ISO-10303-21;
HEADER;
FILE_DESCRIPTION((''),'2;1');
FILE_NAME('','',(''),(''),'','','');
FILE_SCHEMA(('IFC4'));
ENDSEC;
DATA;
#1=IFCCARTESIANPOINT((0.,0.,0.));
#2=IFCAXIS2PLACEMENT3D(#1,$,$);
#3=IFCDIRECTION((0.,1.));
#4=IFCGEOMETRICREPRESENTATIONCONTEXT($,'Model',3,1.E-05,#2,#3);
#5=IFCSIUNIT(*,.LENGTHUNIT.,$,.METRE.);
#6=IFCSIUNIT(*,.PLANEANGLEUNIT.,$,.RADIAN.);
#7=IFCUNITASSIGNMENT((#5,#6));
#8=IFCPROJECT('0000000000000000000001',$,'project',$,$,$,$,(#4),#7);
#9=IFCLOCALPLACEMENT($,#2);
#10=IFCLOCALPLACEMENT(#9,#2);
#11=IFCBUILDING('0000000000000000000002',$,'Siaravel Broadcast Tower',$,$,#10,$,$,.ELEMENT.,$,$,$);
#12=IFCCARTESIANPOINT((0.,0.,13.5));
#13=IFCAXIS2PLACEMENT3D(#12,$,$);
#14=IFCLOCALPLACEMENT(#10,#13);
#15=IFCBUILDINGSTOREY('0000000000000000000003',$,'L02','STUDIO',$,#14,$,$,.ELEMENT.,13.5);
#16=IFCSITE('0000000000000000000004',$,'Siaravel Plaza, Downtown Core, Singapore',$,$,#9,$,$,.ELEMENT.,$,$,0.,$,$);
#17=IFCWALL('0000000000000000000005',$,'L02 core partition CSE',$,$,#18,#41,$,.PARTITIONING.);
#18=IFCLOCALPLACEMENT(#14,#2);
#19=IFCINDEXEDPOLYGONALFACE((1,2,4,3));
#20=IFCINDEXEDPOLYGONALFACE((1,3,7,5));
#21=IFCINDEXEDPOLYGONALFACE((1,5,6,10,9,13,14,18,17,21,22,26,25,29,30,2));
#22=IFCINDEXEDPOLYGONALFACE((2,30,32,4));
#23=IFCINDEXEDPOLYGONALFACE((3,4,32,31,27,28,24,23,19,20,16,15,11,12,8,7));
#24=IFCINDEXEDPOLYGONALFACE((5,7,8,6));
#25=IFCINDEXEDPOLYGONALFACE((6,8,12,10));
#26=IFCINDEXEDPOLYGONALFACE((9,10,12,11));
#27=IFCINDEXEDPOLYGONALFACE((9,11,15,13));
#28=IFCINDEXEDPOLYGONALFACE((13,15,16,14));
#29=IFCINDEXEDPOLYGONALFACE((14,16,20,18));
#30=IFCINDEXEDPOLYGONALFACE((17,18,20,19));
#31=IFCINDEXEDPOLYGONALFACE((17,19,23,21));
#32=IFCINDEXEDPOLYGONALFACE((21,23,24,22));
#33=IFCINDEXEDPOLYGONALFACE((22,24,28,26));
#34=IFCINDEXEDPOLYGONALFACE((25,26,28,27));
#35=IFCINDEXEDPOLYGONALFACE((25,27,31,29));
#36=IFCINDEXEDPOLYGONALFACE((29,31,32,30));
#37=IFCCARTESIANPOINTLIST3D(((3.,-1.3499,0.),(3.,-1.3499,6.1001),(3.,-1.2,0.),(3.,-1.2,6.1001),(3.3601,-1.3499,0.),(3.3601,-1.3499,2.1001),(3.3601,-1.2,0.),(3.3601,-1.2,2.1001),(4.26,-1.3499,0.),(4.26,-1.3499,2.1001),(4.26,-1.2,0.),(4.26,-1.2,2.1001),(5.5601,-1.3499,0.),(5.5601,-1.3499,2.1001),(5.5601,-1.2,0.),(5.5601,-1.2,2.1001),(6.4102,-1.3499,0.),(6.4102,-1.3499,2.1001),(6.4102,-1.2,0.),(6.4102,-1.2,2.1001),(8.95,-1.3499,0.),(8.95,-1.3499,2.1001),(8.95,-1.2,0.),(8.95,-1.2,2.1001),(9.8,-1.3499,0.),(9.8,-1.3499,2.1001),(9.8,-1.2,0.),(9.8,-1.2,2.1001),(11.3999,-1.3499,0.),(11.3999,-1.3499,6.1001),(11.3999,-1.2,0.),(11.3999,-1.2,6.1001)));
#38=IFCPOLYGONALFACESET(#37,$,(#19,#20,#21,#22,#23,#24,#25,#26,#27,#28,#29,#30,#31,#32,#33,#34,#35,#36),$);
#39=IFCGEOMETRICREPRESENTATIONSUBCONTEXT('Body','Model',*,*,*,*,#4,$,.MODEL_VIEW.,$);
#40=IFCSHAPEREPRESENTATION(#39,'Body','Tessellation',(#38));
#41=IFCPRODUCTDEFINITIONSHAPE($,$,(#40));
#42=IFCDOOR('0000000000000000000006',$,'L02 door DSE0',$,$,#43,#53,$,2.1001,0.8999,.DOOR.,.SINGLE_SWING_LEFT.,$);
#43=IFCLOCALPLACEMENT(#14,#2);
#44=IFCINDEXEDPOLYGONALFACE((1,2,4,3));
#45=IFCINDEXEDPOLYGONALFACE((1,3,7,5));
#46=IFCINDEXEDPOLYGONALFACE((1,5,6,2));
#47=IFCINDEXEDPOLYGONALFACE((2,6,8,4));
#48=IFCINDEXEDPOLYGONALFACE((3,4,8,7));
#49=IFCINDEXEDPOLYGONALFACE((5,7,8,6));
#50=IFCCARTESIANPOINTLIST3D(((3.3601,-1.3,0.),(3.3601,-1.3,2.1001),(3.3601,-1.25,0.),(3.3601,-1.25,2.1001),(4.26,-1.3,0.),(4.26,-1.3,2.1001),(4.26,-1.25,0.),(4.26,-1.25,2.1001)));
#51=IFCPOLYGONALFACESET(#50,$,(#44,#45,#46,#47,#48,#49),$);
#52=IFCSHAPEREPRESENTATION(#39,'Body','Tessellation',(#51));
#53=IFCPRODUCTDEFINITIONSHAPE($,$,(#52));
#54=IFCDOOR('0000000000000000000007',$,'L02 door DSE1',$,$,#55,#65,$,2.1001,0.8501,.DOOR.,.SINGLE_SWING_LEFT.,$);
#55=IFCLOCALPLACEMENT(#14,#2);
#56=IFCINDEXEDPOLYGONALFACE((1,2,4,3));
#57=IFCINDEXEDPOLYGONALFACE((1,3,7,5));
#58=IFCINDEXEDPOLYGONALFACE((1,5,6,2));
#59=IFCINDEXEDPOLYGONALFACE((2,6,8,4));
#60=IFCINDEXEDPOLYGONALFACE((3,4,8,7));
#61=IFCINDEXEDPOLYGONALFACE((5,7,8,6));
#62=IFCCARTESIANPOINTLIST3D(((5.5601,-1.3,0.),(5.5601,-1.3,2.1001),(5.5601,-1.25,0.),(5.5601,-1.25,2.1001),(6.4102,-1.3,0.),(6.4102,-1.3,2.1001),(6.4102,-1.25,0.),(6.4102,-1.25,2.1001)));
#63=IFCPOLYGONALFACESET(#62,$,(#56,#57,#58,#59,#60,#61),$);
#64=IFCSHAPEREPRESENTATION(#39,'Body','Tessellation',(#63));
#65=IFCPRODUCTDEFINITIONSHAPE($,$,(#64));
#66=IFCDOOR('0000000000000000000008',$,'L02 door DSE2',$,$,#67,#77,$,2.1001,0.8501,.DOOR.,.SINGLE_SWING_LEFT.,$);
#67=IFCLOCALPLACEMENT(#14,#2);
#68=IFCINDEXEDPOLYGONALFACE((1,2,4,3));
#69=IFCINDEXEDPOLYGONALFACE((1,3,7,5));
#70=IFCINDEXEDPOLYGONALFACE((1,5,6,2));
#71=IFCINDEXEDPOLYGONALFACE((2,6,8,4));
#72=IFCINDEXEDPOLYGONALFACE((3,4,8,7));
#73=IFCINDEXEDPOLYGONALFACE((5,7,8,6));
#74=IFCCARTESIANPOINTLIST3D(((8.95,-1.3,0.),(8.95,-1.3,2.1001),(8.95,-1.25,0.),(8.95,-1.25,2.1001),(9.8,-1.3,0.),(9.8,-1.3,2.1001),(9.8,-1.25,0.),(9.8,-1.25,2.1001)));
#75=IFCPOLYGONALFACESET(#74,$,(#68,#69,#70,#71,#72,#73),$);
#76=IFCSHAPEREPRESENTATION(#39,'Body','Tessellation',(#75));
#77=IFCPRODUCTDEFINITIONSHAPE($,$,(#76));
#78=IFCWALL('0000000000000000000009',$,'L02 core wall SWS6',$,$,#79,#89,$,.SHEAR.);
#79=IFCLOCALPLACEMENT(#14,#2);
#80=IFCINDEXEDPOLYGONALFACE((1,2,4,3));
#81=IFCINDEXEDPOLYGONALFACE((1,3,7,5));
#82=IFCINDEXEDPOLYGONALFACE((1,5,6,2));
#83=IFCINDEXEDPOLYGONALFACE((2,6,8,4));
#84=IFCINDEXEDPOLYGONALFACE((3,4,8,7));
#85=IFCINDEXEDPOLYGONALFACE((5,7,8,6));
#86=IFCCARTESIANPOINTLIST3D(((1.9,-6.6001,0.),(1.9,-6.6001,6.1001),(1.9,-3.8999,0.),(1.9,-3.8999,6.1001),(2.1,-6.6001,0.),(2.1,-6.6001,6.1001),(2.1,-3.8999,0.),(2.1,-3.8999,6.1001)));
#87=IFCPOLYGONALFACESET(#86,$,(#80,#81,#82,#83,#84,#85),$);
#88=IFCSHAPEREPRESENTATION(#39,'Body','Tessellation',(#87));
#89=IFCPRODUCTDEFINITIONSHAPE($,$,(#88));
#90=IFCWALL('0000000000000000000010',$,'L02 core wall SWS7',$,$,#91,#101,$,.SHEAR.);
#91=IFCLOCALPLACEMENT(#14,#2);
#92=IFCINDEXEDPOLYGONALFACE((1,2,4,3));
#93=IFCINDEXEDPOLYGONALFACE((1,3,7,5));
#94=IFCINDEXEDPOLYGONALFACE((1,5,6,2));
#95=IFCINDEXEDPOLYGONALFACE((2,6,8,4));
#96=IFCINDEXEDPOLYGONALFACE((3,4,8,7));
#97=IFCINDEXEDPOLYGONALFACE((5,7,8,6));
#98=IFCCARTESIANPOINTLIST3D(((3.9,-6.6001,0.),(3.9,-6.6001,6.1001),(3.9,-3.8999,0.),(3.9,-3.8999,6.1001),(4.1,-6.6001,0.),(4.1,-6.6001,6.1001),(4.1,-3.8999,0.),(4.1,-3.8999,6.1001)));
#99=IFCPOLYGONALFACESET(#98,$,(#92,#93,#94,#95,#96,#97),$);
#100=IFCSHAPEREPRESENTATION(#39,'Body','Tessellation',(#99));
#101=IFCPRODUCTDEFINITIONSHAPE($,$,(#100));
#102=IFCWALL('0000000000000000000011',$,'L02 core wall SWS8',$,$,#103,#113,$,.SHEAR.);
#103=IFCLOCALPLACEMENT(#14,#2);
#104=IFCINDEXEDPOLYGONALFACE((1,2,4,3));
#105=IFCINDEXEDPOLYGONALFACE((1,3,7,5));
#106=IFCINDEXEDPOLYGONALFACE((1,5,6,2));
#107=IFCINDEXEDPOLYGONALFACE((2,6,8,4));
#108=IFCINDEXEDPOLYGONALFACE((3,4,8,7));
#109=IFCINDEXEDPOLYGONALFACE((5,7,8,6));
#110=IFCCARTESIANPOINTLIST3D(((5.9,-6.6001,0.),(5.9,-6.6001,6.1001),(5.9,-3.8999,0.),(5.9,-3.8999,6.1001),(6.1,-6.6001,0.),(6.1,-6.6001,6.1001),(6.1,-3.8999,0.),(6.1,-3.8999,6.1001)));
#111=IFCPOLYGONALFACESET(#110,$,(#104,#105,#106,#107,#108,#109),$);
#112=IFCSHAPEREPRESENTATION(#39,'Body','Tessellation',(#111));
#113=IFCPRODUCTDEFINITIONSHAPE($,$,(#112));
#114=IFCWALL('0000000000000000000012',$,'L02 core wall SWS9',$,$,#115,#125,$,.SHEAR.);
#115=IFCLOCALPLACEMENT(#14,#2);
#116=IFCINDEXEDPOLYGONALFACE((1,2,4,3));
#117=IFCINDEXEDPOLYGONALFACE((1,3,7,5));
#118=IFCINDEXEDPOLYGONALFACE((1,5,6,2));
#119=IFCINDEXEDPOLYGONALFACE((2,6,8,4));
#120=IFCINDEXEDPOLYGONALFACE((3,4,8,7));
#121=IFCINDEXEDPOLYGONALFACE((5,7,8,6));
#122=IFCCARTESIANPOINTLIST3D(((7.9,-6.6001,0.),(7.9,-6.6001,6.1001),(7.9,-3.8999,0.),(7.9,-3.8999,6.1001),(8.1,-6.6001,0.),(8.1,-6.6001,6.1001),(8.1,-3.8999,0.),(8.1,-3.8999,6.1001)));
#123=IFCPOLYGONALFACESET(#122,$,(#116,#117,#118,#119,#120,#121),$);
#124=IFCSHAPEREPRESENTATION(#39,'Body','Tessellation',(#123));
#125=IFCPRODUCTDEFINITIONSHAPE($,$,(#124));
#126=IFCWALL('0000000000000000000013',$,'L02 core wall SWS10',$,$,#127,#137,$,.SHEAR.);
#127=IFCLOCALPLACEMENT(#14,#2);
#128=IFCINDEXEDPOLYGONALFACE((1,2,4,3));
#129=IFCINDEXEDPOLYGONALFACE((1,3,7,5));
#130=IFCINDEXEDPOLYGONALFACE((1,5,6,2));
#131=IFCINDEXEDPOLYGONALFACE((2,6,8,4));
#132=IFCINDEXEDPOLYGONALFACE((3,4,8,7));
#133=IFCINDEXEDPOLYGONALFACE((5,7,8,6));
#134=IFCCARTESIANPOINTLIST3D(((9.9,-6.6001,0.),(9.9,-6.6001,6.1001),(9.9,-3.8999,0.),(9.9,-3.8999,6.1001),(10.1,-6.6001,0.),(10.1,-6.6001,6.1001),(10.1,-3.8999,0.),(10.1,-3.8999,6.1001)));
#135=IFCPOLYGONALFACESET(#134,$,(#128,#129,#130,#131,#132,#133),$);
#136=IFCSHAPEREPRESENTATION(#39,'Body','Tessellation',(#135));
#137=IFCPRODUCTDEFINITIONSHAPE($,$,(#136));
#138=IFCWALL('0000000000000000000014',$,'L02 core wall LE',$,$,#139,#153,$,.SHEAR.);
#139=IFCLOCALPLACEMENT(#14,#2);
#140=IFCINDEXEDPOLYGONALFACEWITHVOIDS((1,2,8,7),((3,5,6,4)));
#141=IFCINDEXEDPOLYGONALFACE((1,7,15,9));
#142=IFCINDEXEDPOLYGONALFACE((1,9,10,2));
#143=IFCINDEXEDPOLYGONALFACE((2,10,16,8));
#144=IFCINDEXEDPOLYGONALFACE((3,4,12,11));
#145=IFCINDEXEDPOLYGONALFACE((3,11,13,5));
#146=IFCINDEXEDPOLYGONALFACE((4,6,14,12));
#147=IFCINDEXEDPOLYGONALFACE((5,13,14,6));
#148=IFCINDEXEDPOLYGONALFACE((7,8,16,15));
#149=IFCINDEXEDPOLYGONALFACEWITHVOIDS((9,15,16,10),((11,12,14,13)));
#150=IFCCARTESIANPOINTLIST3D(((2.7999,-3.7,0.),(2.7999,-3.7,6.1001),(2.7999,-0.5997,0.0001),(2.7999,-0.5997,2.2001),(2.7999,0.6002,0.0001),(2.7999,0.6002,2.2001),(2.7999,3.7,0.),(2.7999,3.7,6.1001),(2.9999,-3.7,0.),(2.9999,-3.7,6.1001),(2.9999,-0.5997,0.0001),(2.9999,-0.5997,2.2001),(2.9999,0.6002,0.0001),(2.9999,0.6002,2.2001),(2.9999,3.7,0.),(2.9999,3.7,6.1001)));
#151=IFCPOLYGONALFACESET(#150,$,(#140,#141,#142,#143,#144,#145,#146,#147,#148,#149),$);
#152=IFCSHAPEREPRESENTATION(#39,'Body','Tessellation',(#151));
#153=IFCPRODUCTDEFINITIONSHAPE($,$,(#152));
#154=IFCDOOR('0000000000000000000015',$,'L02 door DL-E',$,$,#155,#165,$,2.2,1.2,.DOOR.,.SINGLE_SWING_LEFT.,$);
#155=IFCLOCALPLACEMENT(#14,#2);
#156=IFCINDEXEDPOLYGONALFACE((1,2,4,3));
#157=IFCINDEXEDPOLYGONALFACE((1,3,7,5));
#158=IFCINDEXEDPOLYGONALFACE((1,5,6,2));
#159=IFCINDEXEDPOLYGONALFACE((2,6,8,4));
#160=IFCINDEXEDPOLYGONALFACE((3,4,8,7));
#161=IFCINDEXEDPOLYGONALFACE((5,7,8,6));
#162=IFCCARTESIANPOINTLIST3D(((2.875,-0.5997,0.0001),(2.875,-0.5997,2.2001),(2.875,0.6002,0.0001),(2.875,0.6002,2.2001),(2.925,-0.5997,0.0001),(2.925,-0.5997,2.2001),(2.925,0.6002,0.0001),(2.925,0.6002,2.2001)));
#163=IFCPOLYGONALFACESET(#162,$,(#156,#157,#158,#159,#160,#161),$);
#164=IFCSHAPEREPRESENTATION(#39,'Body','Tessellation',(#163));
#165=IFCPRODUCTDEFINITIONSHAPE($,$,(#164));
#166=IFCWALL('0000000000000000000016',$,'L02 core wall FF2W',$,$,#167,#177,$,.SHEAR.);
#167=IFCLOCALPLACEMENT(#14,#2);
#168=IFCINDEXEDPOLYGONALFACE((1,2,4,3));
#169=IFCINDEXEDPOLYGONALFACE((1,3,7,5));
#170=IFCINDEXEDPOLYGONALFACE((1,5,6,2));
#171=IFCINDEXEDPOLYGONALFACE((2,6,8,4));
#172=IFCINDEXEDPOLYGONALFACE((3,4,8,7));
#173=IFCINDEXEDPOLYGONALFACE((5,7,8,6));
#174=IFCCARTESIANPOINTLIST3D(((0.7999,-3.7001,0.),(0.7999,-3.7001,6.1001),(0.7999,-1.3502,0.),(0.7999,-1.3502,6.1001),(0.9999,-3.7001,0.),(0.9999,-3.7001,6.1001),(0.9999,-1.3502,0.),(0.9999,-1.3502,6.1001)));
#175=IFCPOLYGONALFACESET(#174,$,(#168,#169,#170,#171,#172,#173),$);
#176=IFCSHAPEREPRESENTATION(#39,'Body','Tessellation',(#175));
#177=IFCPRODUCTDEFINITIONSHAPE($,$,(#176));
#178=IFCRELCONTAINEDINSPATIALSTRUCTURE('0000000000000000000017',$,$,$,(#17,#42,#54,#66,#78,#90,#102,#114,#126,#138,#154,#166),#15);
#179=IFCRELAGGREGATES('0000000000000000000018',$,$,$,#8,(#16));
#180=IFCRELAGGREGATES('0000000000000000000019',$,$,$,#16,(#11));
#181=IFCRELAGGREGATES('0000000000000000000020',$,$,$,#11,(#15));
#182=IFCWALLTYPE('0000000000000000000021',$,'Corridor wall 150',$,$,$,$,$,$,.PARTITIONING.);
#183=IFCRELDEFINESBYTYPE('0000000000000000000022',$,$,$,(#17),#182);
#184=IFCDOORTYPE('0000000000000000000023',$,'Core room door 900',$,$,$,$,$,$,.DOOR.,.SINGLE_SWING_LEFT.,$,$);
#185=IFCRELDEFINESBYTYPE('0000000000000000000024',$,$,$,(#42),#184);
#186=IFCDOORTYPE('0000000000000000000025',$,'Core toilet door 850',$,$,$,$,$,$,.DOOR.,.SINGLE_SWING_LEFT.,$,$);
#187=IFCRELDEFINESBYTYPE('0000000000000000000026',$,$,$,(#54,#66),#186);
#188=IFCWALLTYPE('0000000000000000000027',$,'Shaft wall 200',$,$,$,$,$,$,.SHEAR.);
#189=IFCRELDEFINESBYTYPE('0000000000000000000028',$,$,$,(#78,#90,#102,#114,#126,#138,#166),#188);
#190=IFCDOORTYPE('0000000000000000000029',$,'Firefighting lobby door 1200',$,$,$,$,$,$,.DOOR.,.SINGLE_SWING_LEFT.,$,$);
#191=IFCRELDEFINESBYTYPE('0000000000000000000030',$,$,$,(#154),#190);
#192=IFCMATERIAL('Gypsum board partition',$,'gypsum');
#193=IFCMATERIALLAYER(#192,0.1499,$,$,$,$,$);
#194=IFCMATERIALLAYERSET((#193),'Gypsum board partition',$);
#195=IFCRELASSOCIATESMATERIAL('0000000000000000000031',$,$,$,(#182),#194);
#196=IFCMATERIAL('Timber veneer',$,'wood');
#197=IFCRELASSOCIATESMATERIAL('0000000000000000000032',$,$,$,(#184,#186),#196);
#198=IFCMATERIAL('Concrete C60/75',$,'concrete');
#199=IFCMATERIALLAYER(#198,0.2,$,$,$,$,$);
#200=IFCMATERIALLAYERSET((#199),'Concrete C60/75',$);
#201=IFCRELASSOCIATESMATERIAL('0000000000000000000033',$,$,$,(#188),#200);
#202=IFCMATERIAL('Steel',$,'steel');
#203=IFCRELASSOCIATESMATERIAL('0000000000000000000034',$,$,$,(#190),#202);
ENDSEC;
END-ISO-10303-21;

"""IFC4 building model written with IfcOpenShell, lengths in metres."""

from ifc_helpers import new_model, si_unit, direction, frame, frame_2d, origin, place, context, subcontext, project, spatial, rectangle, extrude, material, layer, layer_set, type_object, element, fill, save


model = new_model("IFC4")

# Units and contexts
model_context = context("Model", 3, precision=1e-05, world=origin(), true_north=direction((0.0, 1.0)))
body_context = subcontext(model_context, "Body", "Model", "MODEL_VIEW")
ifc_project = project(units=[si_unit("LENGTHUNIT", "METRE"), si_unit("PLANEANGLEUNIT", "RADIAN")], contexts=[model_context])

# Site, building, storey
site_placement = place(None, origin())
site = spatial("IfcSite", under=ifc_project, at=site_placement, Name="Siaravel Plaza, Downtown Core, Singapore", CompositionType="ELEMENT", RefElevation=0.0)
building_placement = place(site_placement, origin())
building = spatial("IfcBuilding", under=site, at=building_placement, Name="Siaravel Broadcast Tower", CompositionType="ELEMENT")
storey_placement = place(building_placement, frame((0.0, 0.0, 13.5)))
storey = spatial("IfcBuildingStorey", under=building, at=storey_placement, Name="L02", Description="STUDIO", CompositionType="ELEMENT", Elevation=13.5)

# Wall, openings, doors
ifc_material_1 = material(Name="Gypsum board partition", Category="gypsum")
ifc_layer_1 = layer(ifc_material_1, 0.1499)
ifc_layer_set_1 = layer_set([ifc_layer_1], Name="Gypsum board partition")
wall_type_1 = type_object("IfcWallType", Name="Corridor wall 150", PredefinedType="PARTITIONING", material=ifc_layer_set_1)
wall_1_placement = place(storey_placement, frame((3.0, -1.2749, 0.0), z_axis=(0.0, 0.0, 1.0), x_axis=(1.0, 0.0, 0.0)))
wall_1 = element("IfcWall", 1, at=wall_1_placement, inside=storey, type_object=wall_type_1, Name="L02 core partition CSE", PredefinedType="PARTITIONING", context=body_context, shape_type="SweptSolid", body=[
    extrude(rectangle(XDim=8.3999, YDim=0.1499, at=frame_2d((4.2, 0.0))), origin(), (0.0, 0.0, 1.0), 6.1001),
])
opening_1_placement = place(wall_1_placement, frame((0.3601, 0.0, 0.0)))
opening_1 = element("IfcOpeningElement", 2, at=opening_1_placement, cuts=wall_1, PredefinedType="OPENING", context=body_context, shape_type="SweptSolid", body=[
    extrude(rectangle(XDim=0.8999, YDim=2.1001, at=frame_2d((0.45, 1.05))), frame((0.0, 0.085, 0.0), z_axis=(0.0, -1.0, 0.0), x_axis=(1.0, 0.0, 0.0)), (0.0, 0.0, 1.0), 0.1699),
])
opening_2_placement = place(wall_1_placement, frame((2.5601, 0.0, 0.0)))
opening_2 = element("IfcOpeningElement", 3, at=opening_2_placement, cuts=wall_1, PredefinedType="OPENING", context=body_context, shape_type="SweptSolid", body=[
    extrude(rectangle(XDim=0.8501, YDim=2.1001, at=frame_2d((0.425, 1.05))), frame((0.0, 0.085, 0.0), z_axis=(0.0, -1.0, 0.0), x_axis=(1.0, 0.0, 0.0)), (0.0, 0.0, 1.0), 0.1699),
])
opening_3_placement = place(wall_1_placement, frame((5.95, 0.0, 0.0)))
opening_3 = element("IfcOpeningElement", 4, at=opening_3_placement, cuts=wall_1, PredefinedType="OPENING", context=body_context, shape_type="SweptSolid", body=[
    extrude(rectangle(XDim=0.8501, YDim=2.1001, at=frame_2d((0.425, 1.05))), frame((0.0, 0.085, 0.0), z_axis=(0.0, -1.0, 0.0), x_axis=(1.0, 0.0, 0.0)), (0.0, 0.0, 1.0), 0.1699),
])
ifc_material_2 = material(Name="Timber veneer", Category="wood")
door_type_1 = type_object("IfcDoorType", Name="Core room door 900", OperationType="SINGLE_SWING_LEFT", PredefinedType="DOOR", material=ifc_material_2)
door_1_placement = place(opening_1_placement, origin())
door_1 = element("IfcDoor", 5, at=door_1_placement, inside=storey, type_object=door_type_1, Name="L02 door DSE0", OperationType="SINGLE_SWING_LEFT", OverallHeight=2.1001, OverallWidth=0.8999, PredefinedType="DOOR", context=body_context, shape_type="SweptSolid", body=[
    extrude(rectangle(XDim=0.8999, YDim=2.1001, at=frame_2d((0.45, 1.05))), frame((0.0, 0.0249, 0.0), z_axis=(0.0, -1.0, 0.0), x_axis=(1.0, 0.0, 0.0)), (0.0, 0.0, 1.0), 0.05),
])
fill(opening_1, door_1)
door_type_2 = type_object("IfcDoorType", Name="Core toilet door 850", OperationType="SINGLE_SWING_LEFT", PredefinedType="DOOR", material=ifc_material_2)
door_2_placement = place(opening_2_placement, origin())
door_2 = element("IfcDoor", 6, at=door_2_placement, inside=storey, type_object=door_type_2, Name="L02 door DSE1", OperationType="SINGLE_SWING_LEFT", OverallHeight=2.1001, OverallWidth=0.8501, PredefinedType="DOOR", context=body_context, shape_type="SweptSolid", body=[
    extrude(rectangle(XDim=0.8501, YDim=2.1001, at=frame_2d((0.425, 1.05))), frame((0.0, 0.0249, 0.0), z_axis=(0.0, -1.0, 0.0), x_axis=(1.0, 0.0, 0.0)), (0.0, 0.0, 1.0), 0.05),
])
fill(opening_2, door_2)
door_3_placement = place(opening_3_placement, origin())
door_3 = element("IfcDoor", 7, at=door_3_placement, inside=storey, type_object=door_type_2, Name="L02 door DSE2", OperationType="SINGLE_SWING_LEFT", OverallHeight=2.1001, OverallWidth=0.8501, PredefinedType="DOOR", context=body_context, shape_type="SweptSolid", body=[
    extrude(rectangle(XDim=0.8501, YDim=2.1001, at=frame_2d((0.425, 1.05))), frame((0.0, 0.0249, 0.0), z_axis=(0.0, -1.0, 0.0), x_axis=(1.0, 0.0, 0.0)), (0.0, 0.0, 1.0), 0.05),
])
fill(opening_3, door_3)

# Walls
ifc_material_3 = material(Name="Concrete C60/75", Category="concrete")
ifc_layer_2 = layer(ifc_material_3, 0.2)
ifc_layer_set_2 = layer_set([ifc_layer_2], Name="Concrete C60/75")
wall_type_2 = type_object("IfcWallType", Name="Shaft wall 200", PredefinedType="SHEAR", material=ifc_layer_set_2)
for number, where, z_axis, x_axis, name in (
    (8, (2.0, -6.6001, 0.0), (0.0, 0.0, 1.0), (0.0, 1.0, 0.0), "L02 core wall SWS6"),
    (9, (4.0, -6.6001, 0.0), (0.0, 0.0, 1.0), (0.0, 1.0, 0.0), "L02 core wall SWS7"),
    (10, (6.0, -6.6001, 0.0), (0.0, 0.0, 1.0), (0.0, 1.0, 0.0), "L02 core wall SWS8"),
    (11, (8.0, -6.6001, 0.0), (0.0, 0.0, 1.0), (0.0, 1.0, 0.0), "L02 core wall SWS9"),
    (12, (10.0, -6.6001, 0.0), (0.0, 0.0, 1.0), (0.0, 1.0, 0.0), "L02 core wall SWS10"),
):
    element("IfcWall", number, at=place(storey_placement, frame(where, z_axis=z_axis, x_axis=x_axis)), inside=storey, type_object=wall_type_2, Name=name, PredefinedType="SHEAR", context=body_context, shape_type="SweptSolid", body=[
        extrude(rectangle(XDim=2.7002, YDim=0.2, at=frame_2d((1.3501, 0.0))), origin(), (0.0, 0.0, 1.0), 6.1001),
    ])

# Wall, opening, door
wall_2_placement = place(storey_placement, frame((2.8999, -3.7, 0.0), z_axis=(0.0, 0.0, 1.0), x_axis=(0.0, 1.0, 0.0)))
wall_2 = element("IfcWall", 13, at=wall_2_placement, inside=storey, type_object=wall_type_2, Name="L02 core wall LE", PredefinedType="SHEAR", context=body_context, shape_type="SweptSolid", body=[
    extrude(rectangle(XDim=7.3999, YDim=0.2, at=frame_2d((3.7, 0.0))), origin(), (0.0, 0.0, 1.0), 6.1001),
])
opening_4_placement = place(wall_2_placement, frame((3.1001, 0.0, 0.0)))
opening_4 = element("IfcOpeningElement", 14, at=opening_4_placement, cuts=wall_2, PredefinedType="OPENING", context=body_context, shape_type="SweptSolid", body=[
    extrude(rectangle(XDim=1.2, YDim=2.2, at=frame_2d((0.6001, 1.1001))), frame((0.0, 0.1099, 0.0), z_axis=(0.0, -1.0, 0.0), x_axis=(1.0, 0.0, 0.0)), (0.0, 0.0, 1.0), 0.22),
])
ifc_material_4 = material(Name="Steel", Category="steel")
door_type_3 = type_object("IfcDoorType", Name="Firefighting lobby door 1200", OperationType="SINGLE_SWING_LEFT", PredefinedType="DOOR", material=ifc_material_4)
door_4_placement = place(opening_4_placement, origin())
door_4 = element("IfcDoor", 15, at=door_4_placement, inside=storey, type_object=door_type_3, Name="L02 door DL-E", OperationType="SINGLE_SWING_LEFT", OverallHeight=2.2, OverallWidth=1.2, PredefinedType="DOOR", context=body_context, shape_type="SweptSolid", body=[
    extrude(rectangle(XDim=1.2, YDim=2.2, at=frame_2d((0.6001, 1.1001))), frame((0.0, 0.0249, 0.0), z_axis=(0.0, -1.0, 0.0), x_axis=(1.0, 0.0, 0.0)), (0.0, 0.0, 1.0), 0.05),
])
fill(opening_4, door_4)

# Wall
wall_3_placement = place(storey_placement, frame((0.8999, -3.7, 0.0), z_axis=(0.0, 0.0, 1.0), x_axis=(0.0, 1.0, 0.0)))
element("IfcWall", 16, at=wall_3_placement, inside=storey, type_object=wall_type_2, Name="L02 core wall FF2W", PredefinedType="SHEAR", context=body_context, shape_type="SweptSolid", body=[
    extrude(rectangle(XDim=2.3499, YDim=0.2, at=frame_2d((1.1748, 0.0))), origin(), (0.0, 0.0, 1.0), 6.1001),
])

save(model, "model.ifc")
